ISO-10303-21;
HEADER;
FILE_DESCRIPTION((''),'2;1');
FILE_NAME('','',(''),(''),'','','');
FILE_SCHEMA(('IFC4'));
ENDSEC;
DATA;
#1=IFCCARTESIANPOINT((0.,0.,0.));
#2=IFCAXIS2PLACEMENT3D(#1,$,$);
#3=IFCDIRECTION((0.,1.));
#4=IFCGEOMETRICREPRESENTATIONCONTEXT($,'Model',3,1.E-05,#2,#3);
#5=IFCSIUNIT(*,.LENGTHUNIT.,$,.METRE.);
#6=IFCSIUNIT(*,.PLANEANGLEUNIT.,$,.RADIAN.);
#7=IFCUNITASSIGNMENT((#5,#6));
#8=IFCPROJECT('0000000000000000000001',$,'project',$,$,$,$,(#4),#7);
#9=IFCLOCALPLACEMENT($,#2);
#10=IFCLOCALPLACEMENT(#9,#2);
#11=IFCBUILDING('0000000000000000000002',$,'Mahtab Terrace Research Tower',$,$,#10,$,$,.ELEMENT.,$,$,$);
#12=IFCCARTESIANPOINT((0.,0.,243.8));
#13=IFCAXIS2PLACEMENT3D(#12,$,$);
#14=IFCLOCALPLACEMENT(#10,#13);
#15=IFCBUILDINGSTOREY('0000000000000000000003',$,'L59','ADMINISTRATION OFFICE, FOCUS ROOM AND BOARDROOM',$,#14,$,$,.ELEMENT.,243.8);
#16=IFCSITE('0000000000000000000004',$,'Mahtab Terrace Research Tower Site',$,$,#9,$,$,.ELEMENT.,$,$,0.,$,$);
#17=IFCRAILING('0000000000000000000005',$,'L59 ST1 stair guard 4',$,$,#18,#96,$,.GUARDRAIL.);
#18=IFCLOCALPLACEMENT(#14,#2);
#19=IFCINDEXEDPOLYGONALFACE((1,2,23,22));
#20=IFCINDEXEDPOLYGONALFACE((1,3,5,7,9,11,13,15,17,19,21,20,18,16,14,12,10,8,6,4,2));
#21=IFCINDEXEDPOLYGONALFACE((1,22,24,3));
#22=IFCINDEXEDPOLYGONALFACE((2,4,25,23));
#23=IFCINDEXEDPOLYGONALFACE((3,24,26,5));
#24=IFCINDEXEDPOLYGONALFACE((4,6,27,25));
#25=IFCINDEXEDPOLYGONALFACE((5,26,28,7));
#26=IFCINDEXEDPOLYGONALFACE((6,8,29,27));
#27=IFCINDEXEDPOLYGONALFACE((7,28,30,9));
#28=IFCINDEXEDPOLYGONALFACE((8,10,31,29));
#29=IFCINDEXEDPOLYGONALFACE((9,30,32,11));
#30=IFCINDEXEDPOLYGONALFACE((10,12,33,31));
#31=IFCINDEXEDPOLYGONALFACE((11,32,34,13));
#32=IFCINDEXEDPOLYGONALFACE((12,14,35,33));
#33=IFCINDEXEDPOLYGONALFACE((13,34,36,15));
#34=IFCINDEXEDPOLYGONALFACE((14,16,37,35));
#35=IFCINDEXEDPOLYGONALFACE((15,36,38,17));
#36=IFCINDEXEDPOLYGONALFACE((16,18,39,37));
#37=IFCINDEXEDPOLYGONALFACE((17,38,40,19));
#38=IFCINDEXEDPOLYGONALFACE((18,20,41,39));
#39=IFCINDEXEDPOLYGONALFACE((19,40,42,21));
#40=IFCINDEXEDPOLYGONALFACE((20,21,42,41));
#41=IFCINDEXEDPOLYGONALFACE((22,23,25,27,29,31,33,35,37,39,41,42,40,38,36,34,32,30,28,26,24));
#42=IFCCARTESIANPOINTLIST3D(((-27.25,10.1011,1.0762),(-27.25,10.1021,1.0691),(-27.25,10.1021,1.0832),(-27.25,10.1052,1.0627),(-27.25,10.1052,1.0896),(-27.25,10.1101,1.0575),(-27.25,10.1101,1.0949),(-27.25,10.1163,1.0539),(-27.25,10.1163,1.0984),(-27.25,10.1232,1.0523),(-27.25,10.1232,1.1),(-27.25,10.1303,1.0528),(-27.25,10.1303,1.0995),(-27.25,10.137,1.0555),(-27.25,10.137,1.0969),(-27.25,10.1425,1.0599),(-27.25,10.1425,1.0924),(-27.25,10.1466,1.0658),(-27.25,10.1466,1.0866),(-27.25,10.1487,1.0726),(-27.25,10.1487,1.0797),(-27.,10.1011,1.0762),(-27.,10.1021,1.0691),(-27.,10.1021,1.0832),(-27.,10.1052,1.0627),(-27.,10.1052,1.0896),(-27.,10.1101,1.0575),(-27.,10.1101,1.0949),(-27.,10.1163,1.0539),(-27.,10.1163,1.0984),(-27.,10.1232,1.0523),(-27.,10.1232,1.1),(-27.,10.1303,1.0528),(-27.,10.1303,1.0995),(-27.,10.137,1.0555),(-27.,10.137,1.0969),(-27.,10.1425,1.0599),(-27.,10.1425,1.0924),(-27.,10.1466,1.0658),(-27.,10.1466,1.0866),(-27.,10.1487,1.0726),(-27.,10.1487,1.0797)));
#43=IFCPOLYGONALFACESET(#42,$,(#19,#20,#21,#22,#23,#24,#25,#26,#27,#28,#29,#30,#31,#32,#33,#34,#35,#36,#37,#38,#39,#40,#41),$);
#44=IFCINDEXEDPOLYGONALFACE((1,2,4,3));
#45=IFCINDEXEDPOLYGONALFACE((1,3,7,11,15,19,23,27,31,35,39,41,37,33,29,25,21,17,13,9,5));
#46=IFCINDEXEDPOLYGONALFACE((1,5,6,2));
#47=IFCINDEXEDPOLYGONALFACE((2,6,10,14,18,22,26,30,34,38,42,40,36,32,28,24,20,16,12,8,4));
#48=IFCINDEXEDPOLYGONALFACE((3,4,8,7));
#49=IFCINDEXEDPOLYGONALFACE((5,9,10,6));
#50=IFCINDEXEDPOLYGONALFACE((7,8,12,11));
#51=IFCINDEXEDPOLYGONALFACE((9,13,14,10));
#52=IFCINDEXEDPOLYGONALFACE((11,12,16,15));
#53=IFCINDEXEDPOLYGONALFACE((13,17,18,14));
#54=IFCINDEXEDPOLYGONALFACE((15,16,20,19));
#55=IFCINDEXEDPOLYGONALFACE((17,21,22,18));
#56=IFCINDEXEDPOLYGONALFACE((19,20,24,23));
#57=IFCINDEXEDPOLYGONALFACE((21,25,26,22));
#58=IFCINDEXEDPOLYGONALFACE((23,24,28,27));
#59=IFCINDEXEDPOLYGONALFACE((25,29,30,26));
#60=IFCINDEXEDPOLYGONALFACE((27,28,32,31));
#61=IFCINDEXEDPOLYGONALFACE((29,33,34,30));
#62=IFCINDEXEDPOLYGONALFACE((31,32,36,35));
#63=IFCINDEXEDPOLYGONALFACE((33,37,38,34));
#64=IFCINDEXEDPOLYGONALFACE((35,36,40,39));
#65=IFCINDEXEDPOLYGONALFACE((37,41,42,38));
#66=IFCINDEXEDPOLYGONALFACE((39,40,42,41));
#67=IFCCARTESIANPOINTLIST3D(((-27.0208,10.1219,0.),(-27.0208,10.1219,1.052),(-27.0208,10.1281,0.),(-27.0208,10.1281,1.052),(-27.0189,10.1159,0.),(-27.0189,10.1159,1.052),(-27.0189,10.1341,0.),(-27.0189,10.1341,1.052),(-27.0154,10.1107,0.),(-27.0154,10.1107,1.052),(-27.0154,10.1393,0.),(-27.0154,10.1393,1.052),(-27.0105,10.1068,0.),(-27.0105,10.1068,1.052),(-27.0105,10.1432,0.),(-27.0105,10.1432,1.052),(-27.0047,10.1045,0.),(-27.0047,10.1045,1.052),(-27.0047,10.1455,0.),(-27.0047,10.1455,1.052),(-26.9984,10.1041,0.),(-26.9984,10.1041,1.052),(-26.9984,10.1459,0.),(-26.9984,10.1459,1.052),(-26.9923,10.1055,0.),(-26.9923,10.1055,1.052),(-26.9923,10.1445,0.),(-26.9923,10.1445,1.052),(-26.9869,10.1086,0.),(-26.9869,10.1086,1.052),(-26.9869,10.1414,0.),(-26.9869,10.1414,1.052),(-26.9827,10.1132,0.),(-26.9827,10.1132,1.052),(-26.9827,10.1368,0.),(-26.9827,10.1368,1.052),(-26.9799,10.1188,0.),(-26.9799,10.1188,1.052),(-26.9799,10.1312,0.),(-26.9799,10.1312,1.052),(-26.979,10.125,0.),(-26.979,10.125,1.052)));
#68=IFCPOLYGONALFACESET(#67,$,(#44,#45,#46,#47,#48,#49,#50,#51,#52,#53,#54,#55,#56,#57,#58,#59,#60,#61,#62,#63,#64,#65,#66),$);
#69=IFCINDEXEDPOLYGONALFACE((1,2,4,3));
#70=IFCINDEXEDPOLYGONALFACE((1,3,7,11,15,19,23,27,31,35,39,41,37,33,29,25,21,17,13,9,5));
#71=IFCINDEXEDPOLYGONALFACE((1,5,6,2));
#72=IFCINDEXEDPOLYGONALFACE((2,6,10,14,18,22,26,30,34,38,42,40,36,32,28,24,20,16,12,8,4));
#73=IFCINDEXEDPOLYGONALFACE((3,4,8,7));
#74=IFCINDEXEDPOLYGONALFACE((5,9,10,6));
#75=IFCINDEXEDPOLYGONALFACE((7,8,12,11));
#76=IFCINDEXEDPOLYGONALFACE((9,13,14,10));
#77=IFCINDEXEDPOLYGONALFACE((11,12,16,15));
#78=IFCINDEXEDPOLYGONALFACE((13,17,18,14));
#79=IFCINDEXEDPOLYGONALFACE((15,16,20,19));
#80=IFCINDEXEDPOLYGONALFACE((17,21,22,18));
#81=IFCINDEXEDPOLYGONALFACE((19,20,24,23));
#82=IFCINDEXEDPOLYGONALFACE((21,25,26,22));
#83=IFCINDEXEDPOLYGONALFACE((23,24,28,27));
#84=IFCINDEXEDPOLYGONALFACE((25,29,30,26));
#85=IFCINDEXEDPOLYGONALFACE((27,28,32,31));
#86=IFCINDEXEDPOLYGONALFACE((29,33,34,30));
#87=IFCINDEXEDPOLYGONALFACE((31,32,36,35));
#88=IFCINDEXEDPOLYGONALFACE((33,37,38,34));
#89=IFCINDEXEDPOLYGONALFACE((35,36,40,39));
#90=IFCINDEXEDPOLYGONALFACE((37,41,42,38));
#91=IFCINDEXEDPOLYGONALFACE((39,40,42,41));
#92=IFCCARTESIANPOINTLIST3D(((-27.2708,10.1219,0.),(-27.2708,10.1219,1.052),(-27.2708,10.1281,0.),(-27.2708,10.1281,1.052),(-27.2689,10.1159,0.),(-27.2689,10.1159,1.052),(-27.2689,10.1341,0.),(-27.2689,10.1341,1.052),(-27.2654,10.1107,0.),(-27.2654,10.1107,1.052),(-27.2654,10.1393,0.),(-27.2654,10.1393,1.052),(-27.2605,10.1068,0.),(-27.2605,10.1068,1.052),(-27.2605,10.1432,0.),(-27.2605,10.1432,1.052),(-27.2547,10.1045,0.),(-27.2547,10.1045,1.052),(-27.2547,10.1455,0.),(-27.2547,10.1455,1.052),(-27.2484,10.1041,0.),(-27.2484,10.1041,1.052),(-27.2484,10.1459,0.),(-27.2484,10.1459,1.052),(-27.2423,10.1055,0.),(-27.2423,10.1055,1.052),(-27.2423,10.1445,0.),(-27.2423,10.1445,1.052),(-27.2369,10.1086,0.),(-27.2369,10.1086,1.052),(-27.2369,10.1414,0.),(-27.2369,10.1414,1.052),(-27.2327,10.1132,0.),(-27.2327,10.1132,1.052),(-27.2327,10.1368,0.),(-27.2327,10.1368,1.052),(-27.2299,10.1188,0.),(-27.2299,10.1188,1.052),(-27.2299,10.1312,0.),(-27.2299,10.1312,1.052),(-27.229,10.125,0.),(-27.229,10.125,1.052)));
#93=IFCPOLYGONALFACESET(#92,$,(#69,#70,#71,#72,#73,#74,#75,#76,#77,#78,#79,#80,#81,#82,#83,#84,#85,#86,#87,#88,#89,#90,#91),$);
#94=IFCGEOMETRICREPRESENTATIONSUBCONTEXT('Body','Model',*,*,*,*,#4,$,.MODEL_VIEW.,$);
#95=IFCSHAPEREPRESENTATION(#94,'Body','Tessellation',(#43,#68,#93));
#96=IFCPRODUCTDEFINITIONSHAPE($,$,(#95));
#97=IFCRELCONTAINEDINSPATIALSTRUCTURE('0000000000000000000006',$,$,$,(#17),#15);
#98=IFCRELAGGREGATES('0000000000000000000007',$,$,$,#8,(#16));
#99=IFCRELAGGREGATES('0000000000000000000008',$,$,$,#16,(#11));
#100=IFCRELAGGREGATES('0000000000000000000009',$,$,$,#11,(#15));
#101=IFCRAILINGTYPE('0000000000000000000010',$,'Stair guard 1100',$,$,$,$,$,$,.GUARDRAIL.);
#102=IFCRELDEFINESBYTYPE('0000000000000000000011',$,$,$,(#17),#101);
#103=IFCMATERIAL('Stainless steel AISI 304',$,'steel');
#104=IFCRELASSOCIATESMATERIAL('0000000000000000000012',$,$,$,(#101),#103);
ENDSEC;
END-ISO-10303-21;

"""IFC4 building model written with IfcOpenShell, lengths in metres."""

from ifc_helpers import new_model, si_unit, direction, frame, origin, origin_2d, place, context, subcontext, project, spatial, circle, extrude, material, type_object, element, save


model = new_model("IFC4")

# Units and contexts
model_context = context("Model", 3, precision=1e-05, world=origin(), true_north=direction((0.0, 1.0)))
body_context = subcontext(model_context, "Body", "Model", "MODEL_VIEW")
ifc_project = project(units=[si_unit("LENGTHUNIT", "METRE"), si_unit("PLANEANGLEUNIT", "RADIAN")], contexts=[model_context])

# Site, building, storey
site_placement = place(None, origin())
site = spatial("IfcSite", under=ifc_project, at=site_placement, Name="Mahtab Terrace Research Tower Site", CompositionType="ELEMENT", RefElevation=0.0)
building_placement = place(site_placement, origin())
building = spatial("IfcBuilding", under=site, at=building_placement, Name="Mahtab Terrace Research Tower", CompositionType="ELEMENT")
storey_placement = place(building_placement, frame((0.0, 0.0, 243.8)))
storey = spatial("IfcBuildingStorey", under=building, at=storey_placement, Name="L59", Description="ADMINISTRATION OFFICE, FOCUS ROOM AND BOARDROOM", CompositionType="ELEMENT", Elevation=243.8)

# Railing
ifc_material_1 = material(Name="Stainless steel AISI 304", Category="steel")
railing_type_1 = type_object("IfcRailingType", Name="Stair guard 1100", PredefinedType="GUARDRAIL", material=ifc_material_1)
railing_1_placement = place(storey_placement, frame((-27.0, 10.125, 0.0)))
element("IfcRailing", 1, at=railing_1_placement, inside=storey, type_object=railing_type_1, Name="L59 ST1 stair guard 4", PredefinedType="GUARDRAIL", context=body_context, shape_type="SweptSolid", body=[
    extrude(circle(Radius=0.0239, at=origin_2d()), frame((0.0, 0.0, 1.0762), z_axis=(-1.0, 0.0, 0.0), x_axis=(0.0, -1.0, 0.0)), (0.0, 0.0, 1.0), 0.25),
    extrude(circle(Radius=0.021, at=origin_2d()), origin(), (0.0, 0.0, 1.0), 1.052),
    extrude(circle(Radius=0.021, at=origin_2d()), frame((-0.25, 0.0, 0.0)), (0.0, 0.0, 1.0), 1.052),
])

save(model, "model.ifc")
